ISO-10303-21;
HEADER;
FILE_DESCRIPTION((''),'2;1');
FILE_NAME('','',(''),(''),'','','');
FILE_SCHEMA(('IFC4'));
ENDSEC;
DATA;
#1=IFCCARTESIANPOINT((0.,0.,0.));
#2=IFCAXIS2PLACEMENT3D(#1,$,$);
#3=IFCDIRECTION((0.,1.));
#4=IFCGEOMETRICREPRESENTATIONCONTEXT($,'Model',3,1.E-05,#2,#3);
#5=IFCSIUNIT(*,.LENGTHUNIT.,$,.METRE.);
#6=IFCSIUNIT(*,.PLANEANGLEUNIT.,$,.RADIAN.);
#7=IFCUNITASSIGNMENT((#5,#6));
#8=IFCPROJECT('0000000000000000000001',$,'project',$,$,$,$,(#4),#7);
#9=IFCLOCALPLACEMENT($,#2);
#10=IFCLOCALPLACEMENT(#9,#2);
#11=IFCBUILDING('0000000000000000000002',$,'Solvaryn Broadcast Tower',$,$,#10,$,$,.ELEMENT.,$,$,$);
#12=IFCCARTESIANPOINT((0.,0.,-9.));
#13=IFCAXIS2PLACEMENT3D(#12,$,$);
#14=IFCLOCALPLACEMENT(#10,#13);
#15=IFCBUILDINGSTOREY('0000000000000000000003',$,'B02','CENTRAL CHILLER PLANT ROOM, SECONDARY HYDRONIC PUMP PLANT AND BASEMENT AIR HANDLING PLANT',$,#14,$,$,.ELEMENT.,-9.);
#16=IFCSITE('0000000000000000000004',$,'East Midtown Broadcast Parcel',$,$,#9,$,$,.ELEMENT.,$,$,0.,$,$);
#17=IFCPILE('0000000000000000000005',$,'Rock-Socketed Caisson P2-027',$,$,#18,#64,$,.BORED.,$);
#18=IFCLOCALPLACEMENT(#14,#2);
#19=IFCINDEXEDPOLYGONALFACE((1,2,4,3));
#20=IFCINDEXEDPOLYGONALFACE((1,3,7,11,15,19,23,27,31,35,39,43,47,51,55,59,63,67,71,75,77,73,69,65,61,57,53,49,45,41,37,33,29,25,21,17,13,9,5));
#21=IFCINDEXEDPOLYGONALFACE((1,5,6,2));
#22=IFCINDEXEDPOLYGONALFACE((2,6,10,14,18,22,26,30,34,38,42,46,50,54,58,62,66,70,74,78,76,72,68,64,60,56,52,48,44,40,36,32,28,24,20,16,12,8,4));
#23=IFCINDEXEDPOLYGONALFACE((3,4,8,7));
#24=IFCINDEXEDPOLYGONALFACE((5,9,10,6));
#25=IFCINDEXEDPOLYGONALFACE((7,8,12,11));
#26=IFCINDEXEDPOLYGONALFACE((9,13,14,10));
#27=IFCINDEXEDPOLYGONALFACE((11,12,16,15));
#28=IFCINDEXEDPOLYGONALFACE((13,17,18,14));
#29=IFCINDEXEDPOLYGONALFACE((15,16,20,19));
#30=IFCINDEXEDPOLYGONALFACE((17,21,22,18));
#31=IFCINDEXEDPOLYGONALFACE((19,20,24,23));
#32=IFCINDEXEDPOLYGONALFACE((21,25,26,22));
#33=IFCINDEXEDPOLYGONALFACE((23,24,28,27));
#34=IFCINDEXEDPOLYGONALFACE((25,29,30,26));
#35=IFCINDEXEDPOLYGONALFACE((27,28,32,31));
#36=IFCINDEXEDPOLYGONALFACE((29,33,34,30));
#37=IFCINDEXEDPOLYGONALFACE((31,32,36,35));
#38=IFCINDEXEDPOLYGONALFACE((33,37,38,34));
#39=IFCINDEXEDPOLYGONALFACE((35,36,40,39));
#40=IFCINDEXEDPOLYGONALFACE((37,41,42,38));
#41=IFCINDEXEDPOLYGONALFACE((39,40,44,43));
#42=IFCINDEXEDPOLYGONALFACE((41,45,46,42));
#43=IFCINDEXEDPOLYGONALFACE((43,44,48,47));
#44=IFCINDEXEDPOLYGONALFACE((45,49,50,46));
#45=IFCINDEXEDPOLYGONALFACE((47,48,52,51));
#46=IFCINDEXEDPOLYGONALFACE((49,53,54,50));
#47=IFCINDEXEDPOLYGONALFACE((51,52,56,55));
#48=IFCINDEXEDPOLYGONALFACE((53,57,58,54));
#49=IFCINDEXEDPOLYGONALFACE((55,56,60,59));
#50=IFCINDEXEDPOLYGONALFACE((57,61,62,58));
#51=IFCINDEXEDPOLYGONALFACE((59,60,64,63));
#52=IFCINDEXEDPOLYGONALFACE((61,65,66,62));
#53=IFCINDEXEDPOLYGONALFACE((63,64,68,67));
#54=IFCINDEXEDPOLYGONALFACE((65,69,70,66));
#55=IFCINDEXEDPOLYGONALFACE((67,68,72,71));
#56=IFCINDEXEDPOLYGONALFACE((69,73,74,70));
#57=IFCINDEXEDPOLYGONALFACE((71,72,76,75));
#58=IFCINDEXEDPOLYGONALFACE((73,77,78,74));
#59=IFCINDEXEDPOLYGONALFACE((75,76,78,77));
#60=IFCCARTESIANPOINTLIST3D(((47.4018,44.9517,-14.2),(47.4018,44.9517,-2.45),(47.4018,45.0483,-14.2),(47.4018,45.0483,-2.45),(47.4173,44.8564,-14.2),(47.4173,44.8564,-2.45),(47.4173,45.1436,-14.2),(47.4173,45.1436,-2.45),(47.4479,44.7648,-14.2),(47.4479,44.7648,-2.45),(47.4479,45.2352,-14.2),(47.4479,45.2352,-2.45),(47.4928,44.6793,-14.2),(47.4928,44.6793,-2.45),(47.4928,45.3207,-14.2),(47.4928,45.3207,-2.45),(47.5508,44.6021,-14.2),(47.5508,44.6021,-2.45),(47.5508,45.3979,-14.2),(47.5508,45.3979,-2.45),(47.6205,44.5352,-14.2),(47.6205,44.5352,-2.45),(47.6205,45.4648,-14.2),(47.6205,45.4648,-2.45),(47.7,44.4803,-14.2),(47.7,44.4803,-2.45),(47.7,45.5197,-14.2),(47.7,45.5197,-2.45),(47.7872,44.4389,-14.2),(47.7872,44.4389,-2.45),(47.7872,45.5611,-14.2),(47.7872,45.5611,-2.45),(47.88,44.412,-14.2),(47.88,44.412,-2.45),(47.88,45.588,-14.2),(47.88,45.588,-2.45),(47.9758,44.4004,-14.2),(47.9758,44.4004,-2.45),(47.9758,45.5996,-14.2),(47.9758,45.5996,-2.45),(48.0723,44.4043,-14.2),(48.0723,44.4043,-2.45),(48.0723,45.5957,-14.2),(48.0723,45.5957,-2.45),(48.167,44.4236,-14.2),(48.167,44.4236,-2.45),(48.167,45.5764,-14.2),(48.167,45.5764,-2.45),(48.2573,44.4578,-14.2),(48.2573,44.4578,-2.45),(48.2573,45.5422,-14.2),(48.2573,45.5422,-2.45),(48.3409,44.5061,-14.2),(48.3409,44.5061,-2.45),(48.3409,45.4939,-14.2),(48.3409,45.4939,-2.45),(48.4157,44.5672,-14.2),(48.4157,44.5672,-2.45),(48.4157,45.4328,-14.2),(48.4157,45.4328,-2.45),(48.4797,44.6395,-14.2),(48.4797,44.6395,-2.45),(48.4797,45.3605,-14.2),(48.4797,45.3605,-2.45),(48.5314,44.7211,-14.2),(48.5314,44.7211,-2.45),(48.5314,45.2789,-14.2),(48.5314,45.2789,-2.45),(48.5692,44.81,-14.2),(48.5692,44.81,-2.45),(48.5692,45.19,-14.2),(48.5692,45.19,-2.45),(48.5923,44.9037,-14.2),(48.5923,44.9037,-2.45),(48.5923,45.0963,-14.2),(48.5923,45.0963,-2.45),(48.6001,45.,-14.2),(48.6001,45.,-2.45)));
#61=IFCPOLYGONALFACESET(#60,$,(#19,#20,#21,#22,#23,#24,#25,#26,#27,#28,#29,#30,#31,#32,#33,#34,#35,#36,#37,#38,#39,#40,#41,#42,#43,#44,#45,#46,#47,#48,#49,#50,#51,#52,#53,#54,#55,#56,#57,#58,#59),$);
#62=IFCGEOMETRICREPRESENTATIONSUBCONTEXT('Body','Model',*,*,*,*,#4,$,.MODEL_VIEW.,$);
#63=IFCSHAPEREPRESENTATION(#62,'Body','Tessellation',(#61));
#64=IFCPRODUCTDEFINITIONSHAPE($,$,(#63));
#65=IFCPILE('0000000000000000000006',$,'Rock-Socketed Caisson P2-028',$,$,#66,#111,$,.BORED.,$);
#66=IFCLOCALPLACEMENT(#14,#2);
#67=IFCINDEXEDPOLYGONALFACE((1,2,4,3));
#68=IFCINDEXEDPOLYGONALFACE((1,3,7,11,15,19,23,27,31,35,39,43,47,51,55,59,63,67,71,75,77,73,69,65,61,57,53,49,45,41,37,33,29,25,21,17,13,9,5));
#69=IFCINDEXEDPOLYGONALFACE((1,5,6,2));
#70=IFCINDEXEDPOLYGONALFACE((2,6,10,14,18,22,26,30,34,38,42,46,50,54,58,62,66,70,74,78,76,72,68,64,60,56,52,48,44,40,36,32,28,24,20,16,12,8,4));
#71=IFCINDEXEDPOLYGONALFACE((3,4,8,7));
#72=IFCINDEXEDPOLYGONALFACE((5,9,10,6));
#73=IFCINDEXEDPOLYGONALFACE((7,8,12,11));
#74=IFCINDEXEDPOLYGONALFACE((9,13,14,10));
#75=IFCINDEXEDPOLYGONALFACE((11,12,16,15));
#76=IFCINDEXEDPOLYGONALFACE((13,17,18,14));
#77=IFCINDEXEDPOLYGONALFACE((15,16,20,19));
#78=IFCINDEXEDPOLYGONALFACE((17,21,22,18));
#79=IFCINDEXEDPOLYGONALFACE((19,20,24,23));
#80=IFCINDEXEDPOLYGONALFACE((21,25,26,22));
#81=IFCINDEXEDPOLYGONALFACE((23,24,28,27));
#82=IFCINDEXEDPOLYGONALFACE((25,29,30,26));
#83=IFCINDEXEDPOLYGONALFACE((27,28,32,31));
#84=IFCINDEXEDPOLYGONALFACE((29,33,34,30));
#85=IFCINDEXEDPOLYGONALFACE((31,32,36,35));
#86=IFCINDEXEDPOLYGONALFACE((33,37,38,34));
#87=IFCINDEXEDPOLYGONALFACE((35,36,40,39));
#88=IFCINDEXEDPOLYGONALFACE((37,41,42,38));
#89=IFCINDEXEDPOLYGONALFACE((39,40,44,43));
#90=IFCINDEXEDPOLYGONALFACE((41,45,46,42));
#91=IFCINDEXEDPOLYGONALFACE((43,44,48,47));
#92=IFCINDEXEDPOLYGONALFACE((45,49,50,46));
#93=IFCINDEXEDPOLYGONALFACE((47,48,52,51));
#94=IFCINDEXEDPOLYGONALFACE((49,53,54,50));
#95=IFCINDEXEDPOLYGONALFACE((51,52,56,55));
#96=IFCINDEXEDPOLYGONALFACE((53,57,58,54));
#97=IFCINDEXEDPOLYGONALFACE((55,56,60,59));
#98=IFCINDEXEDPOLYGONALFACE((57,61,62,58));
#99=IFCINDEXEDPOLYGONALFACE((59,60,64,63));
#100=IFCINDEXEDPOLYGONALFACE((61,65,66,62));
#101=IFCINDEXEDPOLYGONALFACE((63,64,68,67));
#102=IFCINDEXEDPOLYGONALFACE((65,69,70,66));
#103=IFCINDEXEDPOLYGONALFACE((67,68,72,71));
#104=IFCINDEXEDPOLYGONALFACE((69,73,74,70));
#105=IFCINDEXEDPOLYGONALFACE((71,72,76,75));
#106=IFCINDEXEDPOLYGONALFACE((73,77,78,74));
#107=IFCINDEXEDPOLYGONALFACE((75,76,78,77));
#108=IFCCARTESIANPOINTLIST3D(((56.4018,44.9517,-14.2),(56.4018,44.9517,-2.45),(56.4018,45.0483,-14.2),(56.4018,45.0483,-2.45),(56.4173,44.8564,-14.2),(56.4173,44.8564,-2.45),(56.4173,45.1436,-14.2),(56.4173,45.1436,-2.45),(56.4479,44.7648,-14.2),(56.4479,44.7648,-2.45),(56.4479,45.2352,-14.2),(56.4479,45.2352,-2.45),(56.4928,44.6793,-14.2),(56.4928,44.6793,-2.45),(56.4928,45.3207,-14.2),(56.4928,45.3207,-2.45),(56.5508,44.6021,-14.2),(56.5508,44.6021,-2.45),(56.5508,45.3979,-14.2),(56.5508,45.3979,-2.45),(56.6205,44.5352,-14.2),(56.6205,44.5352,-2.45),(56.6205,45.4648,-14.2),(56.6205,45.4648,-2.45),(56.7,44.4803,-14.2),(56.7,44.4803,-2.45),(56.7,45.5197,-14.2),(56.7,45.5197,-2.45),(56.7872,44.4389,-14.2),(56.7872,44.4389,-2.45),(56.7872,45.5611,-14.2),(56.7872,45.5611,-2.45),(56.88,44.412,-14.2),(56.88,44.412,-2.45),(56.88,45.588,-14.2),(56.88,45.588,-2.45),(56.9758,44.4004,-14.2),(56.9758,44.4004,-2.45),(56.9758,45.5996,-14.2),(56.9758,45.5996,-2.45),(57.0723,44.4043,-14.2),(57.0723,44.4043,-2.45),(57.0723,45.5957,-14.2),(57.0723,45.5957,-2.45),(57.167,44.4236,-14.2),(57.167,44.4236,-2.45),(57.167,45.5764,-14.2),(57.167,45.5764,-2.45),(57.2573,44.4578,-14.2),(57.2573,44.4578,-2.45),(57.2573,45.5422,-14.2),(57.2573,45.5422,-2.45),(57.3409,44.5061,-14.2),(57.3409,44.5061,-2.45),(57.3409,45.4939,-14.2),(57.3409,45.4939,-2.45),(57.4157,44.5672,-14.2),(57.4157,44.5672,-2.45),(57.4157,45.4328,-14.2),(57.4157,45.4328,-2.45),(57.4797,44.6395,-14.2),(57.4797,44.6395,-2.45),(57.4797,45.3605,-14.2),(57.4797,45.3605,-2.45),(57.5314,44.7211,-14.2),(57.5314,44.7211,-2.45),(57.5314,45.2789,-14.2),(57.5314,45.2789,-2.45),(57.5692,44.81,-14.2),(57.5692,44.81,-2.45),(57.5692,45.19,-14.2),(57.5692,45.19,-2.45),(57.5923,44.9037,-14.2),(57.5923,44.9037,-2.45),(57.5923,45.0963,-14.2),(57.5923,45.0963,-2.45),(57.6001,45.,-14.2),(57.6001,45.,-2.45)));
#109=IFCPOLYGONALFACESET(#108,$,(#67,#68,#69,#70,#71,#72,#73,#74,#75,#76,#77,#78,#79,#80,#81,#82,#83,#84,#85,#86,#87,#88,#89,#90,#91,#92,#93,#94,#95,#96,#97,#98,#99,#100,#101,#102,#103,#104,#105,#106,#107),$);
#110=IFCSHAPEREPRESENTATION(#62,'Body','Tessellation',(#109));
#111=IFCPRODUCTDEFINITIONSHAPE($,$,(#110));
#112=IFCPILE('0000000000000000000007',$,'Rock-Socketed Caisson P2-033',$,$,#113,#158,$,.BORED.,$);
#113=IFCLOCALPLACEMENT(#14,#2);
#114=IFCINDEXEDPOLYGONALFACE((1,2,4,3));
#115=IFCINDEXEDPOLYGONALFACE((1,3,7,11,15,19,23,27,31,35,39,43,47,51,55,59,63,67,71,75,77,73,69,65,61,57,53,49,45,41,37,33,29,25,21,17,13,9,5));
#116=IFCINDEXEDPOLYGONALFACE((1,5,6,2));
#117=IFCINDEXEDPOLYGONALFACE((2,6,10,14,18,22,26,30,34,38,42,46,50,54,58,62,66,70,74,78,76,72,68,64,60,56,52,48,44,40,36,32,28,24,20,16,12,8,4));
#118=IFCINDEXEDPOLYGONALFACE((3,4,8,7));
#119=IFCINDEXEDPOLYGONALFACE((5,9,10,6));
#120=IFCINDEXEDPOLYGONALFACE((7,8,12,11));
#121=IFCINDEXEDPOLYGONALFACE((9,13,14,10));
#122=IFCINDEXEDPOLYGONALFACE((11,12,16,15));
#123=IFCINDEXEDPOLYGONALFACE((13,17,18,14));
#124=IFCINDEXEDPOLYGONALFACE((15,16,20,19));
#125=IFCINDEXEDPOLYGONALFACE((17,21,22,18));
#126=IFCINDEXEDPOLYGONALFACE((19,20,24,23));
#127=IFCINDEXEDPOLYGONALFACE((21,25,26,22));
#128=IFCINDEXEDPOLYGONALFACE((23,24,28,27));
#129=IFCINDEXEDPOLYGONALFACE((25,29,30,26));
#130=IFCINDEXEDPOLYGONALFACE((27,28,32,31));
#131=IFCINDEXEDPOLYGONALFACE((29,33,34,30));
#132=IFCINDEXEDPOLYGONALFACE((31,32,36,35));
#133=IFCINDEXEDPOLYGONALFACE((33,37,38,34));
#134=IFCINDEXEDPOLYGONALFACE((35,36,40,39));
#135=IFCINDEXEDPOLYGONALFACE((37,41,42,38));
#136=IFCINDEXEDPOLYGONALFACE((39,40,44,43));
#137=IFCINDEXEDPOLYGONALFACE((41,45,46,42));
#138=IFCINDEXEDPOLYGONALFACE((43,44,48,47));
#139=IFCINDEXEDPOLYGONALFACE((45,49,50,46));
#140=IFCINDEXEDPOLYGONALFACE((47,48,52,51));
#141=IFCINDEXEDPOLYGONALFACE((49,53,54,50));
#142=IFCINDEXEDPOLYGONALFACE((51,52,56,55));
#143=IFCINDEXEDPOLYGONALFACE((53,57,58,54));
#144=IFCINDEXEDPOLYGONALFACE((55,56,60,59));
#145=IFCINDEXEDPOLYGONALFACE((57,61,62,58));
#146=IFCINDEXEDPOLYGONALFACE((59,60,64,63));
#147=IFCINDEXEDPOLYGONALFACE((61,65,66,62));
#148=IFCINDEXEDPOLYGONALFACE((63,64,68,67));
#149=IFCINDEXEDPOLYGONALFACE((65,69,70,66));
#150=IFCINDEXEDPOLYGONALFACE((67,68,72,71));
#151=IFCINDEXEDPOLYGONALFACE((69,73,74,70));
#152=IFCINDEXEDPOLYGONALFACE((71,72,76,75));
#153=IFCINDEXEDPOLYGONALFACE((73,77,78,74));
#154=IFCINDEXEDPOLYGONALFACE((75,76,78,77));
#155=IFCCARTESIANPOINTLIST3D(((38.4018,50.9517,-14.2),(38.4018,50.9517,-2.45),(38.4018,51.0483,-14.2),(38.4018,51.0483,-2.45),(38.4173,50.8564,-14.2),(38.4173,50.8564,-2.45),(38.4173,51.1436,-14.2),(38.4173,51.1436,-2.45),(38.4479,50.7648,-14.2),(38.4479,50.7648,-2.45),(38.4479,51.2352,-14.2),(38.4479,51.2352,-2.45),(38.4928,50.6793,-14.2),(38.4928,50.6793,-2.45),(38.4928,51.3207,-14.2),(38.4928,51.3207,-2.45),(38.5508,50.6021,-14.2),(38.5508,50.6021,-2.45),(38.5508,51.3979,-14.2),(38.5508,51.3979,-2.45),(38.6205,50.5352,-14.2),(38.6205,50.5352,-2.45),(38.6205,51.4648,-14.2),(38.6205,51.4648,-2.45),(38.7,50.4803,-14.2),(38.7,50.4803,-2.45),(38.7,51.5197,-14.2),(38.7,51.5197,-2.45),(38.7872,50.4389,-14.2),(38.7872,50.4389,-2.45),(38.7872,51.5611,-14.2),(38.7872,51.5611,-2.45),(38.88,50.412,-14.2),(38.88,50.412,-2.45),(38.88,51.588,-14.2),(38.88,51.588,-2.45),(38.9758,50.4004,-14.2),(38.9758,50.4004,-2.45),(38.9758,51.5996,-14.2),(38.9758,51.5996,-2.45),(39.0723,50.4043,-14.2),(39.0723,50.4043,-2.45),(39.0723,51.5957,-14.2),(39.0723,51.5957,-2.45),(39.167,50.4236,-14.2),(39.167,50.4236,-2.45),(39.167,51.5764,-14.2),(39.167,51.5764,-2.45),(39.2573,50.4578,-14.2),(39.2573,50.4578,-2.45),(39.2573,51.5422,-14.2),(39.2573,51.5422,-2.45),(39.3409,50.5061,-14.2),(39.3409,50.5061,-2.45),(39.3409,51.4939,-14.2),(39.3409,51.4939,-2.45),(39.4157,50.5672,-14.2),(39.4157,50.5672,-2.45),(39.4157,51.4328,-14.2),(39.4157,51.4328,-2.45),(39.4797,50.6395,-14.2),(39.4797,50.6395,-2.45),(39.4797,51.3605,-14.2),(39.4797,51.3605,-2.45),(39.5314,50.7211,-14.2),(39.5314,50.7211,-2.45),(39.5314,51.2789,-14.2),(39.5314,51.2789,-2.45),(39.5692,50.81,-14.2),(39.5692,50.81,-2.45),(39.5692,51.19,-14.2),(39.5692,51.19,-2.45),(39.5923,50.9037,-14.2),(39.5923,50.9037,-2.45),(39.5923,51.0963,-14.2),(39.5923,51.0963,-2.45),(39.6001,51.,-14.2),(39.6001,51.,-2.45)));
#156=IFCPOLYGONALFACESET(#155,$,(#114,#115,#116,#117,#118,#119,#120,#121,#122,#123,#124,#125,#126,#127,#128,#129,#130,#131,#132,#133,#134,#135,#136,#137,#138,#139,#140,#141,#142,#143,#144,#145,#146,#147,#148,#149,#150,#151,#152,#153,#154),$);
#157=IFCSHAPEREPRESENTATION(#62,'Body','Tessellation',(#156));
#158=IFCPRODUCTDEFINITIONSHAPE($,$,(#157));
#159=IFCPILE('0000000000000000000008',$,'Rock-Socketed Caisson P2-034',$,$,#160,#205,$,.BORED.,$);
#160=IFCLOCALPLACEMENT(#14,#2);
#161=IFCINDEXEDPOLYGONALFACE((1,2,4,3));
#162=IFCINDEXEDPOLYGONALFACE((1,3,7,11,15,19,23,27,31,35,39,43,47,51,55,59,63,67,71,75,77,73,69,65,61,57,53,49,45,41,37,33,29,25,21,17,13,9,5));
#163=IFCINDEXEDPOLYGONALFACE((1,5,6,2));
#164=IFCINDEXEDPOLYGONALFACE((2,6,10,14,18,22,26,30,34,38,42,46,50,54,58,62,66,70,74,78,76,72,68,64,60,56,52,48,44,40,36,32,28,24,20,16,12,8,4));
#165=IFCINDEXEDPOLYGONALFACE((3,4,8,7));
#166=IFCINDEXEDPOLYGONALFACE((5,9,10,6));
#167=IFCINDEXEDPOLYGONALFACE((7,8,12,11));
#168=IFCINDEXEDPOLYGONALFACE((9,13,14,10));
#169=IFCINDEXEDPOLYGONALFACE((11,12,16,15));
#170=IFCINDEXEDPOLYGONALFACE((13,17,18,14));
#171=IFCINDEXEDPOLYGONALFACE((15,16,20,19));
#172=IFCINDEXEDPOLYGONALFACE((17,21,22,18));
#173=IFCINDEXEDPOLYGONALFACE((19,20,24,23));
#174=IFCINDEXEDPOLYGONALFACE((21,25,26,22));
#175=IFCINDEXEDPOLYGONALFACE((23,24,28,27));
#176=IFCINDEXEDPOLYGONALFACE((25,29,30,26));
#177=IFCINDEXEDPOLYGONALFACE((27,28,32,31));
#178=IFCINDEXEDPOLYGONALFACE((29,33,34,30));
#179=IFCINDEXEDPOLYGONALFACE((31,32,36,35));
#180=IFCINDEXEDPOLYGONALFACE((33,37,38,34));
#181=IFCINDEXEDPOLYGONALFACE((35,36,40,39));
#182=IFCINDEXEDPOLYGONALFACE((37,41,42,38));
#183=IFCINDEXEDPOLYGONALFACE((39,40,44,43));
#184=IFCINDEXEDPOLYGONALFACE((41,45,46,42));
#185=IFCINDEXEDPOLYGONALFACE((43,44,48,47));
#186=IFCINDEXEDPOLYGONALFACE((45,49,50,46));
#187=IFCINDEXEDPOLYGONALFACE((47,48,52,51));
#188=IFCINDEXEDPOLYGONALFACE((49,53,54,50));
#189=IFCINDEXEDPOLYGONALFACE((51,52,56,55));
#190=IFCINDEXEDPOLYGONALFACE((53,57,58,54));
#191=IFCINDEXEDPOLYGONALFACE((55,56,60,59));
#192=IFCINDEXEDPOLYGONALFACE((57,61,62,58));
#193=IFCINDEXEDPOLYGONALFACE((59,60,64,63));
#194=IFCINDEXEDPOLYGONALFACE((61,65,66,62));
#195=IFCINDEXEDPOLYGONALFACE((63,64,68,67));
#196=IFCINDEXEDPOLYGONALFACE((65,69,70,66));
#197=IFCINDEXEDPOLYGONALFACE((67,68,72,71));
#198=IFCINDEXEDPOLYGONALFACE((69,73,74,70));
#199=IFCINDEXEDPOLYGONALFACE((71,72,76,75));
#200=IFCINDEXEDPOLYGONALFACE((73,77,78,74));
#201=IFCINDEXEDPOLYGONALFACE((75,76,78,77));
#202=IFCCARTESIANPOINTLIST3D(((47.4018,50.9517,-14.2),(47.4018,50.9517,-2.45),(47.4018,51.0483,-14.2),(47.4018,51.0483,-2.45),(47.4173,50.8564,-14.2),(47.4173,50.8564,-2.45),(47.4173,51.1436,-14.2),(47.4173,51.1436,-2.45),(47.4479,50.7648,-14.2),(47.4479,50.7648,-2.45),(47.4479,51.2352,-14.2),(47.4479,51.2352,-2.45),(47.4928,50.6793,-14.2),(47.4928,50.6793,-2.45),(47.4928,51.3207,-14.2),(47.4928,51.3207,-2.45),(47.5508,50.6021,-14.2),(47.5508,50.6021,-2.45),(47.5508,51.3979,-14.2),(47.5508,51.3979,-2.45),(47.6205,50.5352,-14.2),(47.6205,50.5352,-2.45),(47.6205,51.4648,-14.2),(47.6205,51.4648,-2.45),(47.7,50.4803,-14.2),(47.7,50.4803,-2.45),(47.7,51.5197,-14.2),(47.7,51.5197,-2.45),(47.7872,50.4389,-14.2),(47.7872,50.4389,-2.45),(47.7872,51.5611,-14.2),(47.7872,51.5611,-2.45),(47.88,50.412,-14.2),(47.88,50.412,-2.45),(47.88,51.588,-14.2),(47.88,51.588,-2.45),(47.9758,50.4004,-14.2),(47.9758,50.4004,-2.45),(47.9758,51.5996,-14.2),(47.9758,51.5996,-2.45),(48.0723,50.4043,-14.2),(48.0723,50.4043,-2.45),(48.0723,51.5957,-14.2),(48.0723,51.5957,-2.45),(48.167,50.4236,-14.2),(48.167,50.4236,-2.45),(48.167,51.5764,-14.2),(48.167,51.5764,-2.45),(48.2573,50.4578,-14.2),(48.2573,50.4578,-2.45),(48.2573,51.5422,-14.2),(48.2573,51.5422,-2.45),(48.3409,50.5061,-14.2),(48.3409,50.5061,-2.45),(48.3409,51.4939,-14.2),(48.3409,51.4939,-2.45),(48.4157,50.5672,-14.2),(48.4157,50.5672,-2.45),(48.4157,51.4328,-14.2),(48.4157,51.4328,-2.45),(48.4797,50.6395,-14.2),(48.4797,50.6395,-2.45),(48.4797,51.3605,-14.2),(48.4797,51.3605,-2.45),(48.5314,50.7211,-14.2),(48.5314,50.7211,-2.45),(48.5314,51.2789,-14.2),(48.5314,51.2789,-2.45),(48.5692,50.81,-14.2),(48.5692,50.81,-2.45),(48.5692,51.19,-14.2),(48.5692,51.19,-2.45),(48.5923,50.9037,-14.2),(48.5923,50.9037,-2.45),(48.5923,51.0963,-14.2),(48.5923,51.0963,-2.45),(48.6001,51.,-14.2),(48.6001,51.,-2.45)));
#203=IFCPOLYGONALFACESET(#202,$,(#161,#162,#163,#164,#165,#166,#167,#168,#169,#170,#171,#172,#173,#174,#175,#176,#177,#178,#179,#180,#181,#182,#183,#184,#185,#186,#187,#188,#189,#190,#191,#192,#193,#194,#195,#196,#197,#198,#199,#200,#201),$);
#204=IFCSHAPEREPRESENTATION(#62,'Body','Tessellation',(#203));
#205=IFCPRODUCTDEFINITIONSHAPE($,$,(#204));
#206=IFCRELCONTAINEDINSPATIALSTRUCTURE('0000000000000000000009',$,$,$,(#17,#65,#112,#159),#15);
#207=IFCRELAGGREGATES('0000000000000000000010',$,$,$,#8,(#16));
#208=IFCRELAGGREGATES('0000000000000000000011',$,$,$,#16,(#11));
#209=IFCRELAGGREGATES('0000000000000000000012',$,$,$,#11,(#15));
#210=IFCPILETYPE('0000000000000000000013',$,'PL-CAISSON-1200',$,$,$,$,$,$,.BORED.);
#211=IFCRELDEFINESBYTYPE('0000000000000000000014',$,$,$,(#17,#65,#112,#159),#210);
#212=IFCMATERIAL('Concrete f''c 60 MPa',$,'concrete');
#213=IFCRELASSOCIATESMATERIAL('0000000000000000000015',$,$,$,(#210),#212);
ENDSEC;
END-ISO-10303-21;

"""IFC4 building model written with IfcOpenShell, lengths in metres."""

from ifc_helpers import new_model, si_unit, direction, frame, origin, origin_2d, place, context, subcontext, project, spatial, circle, extrude, material, material_profile, profile_set, type_object, element, save


model = new_model("IFC4")

# Units and contexts
model_context = context("Model", 3, precision=1e-05, world=origin(), true_north=direction((0.0, 1.0)))
body_context = subcontext(model_context, "Body", "Model", "MODEL_VIEW")
ifc_project = project(units=[si_unit("LENGTHUNIT", "METRE"), si_unit("PLANEANGLEUNIT", "RADIAN")], contexts=[model_context])

# Site, building, storey
site_placement = place(None, origin())
site = spatial("IfcSite", under=ifc_project, at=site_placement, Name="East Midtown Broadcast Parcel", CompositionType="ELEMENT", RefElevation=0.0)
building_placement = place(site_placement, origin())
building = spatial("IfcBuilding", under=site, at=building_placement, Name="Solvaryn Broadcast Tower", CompositionType="ELEMENT")
storey_placement = place(building_placement, frame((0.0, 0.0, -9.0)))
storey = spatial("IfcBuildingStorey", under=building, at=storey_placement, Name="B02", Description="CENTRAL CHILLER PLANT ROOM, SECONDARY HYDRONIC PUMP PLANT AND BASEMENT AIR HANDLING PLANT", CompositionType="ELEMENT", Elevation=-9.0)

# Piles
ifc_material_1 = material(Name="Concrete f'c 60 MPa", Category="concrete")
ifc_material_profile_1 = material_profile(ifc_material_1, circle(Radius=0.6001, at=origin_2d()))
ifc_profile_set_1 = profile_set([ifc_material_profile_1], Name="Concrete f'c 60 MPa")
pile_type_1 = type_object("IfcPileType", Name="PL-CAISSON-1200", PredefinedType="BORED", material=ifc_profile_set_1)
for number, where, z_axis, x_axis, name in (
    (1, (48.0, 45.0, -2.45), (0.0, 0.0, -1.0), (1.0, 0.0, 0.0), "Rock-Socketed Caisson P2-027"),
    (2, (57.0, 45.0, -2.45), (0.0, 0.0, -1.0), (1.0, 0.0, 0.0), "Rock-Socketed Caisson P2-028"),
    (3, (39.0, 51.0, -2.45), (0.0, 0.0, -1.0), (1.0, 0.0, 0.0), "Rock-Socketed Caisson P2-033"),
    (4, (48.0, 51.0, -2.45), (0.0, 0.0, -1.0), (1.0, 0.0, 0.0), "Rock-Socketed Caisson P2-034"),
):
    element("IfcPile", number, at=place(storey_placement, frame(where, z_axis=z_axis, x_axis=x_axis)), inside=storey, type_object=pile_type_1, Name=name, PredefinedType="BORED", context=body_context, shape_type="SweptSolid", body=[
        extrude(circle(Radius=0.6001, at=origin_2d()), origin(), (0.0, 0.0, 1.0), 11.75),
    ])

save(model, "model.ifc")
